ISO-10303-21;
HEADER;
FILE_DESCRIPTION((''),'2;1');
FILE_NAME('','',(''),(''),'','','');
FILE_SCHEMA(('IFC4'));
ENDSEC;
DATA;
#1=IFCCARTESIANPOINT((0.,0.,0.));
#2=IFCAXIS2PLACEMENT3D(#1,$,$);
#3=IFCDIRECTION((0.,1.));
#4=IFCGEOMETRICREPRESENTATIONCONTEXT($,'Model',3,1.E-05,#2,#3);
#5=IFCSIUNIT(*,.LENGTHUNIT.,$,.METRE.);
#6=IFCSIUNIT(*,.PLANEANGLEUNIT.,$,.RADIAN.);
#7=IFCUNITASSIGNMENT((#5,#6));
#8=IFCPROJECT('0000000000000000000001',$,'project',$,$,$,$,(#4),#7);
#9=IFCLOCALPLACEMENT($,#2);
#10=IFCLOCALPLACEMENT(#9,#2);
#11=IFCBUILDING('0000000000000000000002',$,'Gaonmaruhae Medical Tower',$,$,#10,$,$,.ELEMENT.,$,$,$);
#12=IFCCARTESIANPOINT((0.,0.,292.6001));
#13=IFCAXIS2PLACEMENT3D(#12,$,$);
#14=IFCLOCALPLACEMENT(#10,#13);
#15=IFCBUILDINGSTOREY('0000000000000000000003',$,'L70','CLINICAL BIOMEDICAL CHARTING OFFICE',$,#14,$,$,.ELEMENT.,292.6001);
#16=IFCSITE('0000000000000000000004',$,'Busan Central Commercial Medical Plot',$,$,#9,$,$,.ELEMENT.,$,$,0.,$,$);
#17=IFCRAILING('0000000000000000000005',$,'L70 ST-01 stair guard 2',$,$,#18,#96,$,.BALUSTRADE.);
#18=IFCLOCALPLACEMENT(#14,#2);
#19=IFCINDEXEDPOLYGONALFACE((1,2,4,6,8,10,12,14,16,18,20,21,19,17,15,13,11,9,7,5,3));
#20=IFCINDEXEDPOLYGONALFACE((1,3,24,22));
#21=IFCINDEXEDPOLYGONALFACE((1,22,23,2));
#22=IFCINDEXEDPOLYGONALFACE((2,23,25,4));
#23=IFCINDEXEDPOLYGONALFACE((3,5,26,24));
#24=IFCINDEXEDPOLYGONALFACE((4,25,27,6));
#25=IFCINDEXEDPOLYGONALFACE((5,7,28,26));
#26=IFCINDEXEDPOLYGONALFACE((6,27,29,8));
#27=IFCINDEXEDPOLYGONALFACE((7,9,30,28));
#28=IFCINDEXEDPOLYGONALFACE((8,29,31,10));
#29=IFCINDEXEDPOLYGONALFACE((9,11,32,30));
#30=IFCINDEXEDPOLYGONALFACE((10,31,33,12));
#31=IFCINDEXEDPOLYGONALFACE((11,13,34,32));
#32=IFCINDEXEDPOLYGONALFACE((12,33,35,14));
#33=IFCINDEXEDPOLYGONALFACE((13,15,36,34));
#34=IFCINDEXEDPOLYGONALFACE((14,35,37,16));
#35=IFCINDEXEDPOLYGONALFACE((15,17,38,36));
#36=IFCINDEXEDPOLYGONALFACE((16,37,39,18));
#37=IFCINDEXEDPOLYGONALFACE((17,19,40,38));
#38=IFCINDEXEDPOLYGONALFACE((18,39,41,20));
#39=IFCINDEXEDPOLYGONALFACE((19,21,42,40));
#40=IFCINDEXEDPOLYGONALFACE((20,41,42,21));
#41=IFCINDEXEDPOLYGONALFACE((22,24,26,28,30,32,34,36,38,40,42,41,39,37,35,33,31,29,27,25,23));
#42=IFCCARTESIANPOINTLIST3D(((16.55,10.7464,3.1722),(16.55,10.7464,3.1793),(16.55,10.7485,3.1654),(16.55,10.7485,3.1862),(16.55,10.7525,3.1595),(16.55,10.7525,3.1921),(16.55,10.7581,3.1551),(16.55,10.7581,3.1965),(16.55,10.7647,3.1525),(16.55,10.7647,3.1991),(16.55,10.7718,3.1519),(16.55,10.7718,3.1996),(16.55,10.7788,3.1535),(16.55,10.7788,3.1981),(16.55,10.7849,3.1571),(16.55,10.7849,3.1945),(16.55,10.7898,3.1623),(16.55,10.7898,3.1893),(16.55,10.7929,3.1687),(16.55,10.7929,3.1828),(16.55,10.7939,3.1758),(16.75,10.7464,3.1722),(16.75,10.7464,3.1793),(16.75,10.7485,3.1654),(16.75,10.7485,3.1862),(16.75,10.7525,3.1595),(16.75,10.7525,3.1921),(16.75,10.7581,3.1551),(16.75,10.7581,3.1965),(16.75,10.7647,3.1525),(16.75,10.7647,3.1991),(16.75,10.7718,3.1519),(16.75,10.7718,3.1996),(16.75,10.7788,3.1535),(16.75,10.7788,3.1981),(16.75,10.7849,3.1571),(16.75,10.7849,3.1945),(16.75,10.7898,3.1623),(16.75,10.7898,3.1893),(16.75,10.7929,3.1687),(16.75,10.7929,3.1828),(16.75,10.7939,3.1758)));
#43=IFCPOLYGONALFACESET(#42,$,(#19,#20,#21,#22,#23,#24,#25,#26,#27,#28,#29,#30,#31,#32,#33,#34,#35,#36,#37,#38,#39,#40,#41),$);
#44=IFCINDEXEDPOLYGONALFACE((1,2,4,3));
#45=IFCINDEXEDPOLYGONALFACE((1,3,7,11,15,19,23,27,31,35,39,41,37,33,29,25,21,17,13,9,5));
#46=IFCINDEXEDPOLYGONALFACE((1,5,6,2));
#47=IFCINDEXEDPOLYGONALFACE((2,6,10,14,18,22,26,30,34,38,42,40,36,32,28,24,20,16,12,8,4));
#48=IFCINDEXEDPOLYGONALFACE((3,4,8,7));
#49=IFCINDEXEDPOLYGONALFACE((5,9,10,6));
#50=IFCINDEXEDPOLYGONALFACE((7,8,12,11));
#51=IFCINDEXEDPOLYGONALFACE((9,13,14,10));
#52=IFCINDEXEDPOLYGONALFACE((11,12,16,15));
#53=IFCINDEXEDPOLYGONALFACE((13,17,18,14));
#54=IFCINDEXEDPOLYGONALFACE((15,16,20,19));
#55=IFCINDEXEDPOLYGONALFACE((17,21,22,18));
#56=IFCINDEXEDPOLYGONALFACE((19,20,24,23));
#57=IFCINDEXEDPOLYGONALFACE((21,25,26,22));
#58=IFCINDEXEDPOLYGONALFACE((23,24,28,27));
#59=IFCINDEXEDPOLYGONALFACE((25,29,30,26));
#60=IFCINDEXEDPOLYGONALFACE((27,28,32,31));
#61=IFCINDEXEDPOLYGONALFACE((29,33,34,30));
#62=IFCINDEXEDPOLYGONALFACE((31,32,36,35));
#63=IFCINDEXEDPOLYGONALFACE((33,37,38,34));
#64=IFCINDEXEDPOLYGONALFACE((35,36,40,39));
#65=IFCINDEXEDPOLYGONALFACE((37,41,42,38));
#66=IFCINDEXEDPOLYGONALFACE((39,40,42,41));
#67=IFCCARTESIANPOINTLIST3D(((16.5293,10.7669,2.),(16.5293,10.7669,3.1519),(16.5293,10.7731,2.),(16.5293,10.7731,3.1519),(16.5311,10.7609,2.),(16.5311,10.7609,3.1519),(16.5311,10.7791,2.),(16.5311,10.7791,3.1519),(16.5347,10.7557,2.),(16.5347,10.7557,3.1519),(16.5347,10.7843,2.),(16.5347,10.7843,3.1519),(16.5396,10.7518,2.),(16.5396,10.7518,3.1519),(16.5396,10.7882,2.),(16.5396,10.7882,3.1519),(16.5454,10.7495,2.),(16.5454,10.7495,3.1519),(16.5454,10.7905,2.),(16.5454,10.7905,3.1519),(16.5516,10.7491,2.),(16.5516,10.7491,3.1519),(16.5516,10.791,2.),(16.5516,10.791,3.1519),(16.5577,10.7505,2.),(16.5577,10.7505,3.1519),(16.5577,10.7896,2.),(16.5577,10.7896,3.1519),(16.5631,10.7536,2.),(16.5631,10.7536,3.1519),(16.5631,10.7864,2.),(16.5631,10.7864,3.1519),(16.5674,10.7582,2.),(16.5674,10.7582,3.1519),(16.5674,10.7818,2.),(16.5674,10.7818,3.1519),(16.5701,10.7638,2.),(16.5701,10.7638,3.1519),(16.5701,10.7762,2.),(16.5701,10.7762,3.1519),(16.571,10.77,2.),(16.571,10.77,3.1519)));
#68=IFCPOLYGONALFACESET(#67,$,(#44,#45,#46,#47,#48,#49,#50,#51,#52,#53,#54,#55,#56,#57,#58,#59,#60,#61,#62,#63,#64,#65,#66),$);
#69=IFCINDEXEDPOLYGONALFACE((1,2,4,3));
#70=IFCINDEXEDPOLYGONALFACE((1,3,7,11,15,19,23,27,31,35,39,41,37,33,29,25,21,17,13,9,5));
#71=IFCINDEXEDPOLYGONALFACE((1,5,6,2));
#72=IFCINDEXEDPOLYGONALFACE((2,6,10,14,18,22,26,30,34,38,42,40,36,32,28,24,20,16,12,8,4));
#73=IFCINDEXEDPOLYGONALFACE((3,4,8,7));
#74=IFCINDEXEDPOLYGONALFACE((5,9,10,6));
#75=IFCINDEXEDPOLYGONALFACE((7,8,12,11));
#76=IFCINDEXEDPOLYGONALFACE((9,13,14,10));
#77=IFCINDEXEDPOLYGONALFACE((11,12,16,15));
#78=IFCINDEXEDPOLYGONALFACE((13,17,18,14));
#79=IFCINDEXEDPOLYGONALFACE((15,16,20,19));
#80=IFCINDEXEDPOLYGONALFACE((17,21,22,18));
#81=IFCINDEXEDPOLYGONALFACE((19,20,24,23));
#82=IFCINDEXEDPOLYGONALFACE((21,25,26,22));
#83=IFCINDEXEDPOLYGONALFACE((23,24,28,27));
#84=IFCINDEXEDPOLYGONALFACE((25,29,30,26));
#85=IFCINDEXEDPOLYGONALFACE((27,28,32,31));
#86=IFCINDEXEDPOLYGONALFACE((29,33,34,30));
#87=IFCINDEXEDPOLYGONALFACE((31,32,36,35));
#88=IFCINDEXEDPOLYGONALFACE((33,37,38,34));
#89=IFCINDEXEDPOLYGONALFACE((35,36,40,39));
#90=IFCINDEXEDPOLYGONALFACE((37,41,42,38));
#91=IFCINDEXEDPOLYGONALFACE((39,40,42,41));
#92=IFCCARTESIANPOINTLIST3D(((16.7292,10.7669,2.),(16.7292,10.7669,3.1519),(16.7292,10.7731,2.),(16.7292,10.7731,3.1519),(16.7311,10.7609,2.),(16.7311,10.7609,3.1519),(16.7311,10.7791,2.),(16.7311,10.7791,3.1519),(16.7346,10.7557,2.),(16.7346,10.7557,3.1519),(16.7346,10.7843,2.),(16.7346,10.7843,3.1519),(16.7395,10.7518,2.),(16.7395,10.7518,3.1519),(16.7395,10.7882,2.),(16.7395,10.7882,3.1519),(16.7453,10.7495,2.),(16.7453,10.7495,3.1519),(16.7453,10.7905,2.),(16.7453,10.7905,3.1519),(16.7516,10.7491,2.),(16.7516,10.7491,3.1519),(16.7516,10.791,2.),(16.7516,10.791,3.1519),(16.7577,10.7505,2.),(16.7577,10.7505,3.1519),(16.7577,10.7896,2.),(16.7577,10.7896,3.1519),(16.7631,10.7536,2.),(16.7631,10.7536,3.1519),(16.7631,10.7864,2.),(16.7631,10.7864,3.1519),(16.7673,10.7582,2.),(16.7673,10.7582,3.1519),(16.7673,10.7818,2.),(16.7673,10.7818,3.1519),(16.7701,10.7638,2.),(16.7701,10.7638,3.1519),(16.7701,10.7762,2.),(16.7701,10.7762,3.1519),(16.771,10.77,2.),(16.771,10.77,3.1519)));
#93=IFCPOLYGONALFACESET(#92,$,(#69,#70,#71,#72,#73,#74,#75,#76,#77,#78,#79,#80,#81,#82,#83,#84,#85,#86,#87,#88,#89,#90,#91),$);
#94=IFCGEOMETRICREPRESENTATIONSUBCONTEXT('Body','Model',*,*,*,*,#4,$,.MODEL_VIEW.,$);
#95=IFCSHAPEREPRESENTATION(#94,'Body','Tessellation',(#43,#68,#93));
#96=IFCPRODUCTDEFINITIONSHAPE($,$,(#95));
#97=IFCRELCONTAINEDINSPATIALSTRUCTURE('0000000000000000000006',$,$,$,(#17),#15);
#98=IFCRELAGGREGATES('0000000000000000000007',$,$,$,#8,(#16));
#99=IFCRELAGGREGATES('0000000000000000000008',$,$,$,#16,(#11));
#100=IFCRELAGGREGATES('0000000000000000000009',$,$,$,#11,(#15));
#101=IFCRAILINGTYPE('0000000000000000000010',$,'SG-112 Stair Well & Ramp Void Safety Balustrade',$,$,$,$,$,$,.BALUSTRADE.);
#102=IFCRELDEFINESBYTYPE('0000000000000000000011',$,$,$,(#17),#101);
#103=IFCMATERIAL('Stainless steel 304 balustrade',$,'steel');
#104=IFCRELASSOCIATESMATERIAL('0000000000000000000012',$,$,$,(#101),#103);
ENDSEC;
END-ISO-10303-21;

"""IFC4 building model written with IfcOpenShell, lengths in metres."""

from ifc_helpers import new_model, si_unit, direction, frame, origin, origin_2d, place, context, subcontext, project, spatial, circle, extrude, material, type_object, element, save


model = new_model("IFC4")

# Units and contexts
model_context = context("Model", 3, precision=1e-05, world=origin(), true_north=direction((0.0, 1.0)))
body_context = subcontext(model_context, "Body", "Model", "MODEL_VIEW")
ifc_project = project(units=[si_unit("LENGTHUNIT", "METRE"), si_unit("PLANEANGLEUNIT", "RADIAN")], contexts=[model_context])

# Site, building, storey
site_placement = place(None, origin())
site = spatial("IfcSite", under=ifc_project, at=site_placement, Name="Busan Central Commercial Medical Plot", CompositionType="ELEMENT", RefElevation=0.0)
building_placement = place(site_placement, origin())
building = spatial("IfcBuilding", under=site, at=building_placement, Name="Gaonmaruhae Medical Tower", CompositionType="ELEMENT")
storey_placement = place(building_placement, frame((0.0, 0.0, 292.6001)))
storey = spatial("IfcBuildingStorey", under=building, at=storey_placement, Name="L70", Description="CLINICAL BIOMEDICAL CHARTING OFFICE", CompositionType="ELEMENT", Elevation=292.6001)

# Railing
ifc_material_1 = material(Name="Stainless steel 304 balustrade", Category="steel")
railing_type_1 = type_object("IfcRailingType", Name="SG-112 Stair Well & Ramp Void Safety Balustrade", PredefinedType="BALUSTRADE", material=ifc_material_1)
railing_1_placement = place(storey_placement, frame((16.55, 10.77, 2.0)))
element("IfcRailing", 1, at=railing_1_placement, inside=storey, type_object=railing_type_1, Name="L70 ST-01 stair guard 2", PredefinedType="BALUSTRADE", context=body_context, shape_type="SweptSolid", body=[
    extrude(circle(Radius=0.0239, at=origin_2d()), frame((0.0, 0.0, 1.1758), z_axis=(1.0, 0.0, 0.0), x_axis=(0.0, 1.0, 0.0)), (0.0, 0.0, 1.0), 0.2),
    extrude(circle(Radius=0.021, at=origin_2d()), origin(), (0.0, 0.0, 1.0), 1.1519),
    extrude(circle(Radius=0.021, at=origin_2d()), frame((0.2, 0.0, 0.0)), (0.0, 0.0, 1.0), 1.1519),
])

save(model, "model.ifc")
